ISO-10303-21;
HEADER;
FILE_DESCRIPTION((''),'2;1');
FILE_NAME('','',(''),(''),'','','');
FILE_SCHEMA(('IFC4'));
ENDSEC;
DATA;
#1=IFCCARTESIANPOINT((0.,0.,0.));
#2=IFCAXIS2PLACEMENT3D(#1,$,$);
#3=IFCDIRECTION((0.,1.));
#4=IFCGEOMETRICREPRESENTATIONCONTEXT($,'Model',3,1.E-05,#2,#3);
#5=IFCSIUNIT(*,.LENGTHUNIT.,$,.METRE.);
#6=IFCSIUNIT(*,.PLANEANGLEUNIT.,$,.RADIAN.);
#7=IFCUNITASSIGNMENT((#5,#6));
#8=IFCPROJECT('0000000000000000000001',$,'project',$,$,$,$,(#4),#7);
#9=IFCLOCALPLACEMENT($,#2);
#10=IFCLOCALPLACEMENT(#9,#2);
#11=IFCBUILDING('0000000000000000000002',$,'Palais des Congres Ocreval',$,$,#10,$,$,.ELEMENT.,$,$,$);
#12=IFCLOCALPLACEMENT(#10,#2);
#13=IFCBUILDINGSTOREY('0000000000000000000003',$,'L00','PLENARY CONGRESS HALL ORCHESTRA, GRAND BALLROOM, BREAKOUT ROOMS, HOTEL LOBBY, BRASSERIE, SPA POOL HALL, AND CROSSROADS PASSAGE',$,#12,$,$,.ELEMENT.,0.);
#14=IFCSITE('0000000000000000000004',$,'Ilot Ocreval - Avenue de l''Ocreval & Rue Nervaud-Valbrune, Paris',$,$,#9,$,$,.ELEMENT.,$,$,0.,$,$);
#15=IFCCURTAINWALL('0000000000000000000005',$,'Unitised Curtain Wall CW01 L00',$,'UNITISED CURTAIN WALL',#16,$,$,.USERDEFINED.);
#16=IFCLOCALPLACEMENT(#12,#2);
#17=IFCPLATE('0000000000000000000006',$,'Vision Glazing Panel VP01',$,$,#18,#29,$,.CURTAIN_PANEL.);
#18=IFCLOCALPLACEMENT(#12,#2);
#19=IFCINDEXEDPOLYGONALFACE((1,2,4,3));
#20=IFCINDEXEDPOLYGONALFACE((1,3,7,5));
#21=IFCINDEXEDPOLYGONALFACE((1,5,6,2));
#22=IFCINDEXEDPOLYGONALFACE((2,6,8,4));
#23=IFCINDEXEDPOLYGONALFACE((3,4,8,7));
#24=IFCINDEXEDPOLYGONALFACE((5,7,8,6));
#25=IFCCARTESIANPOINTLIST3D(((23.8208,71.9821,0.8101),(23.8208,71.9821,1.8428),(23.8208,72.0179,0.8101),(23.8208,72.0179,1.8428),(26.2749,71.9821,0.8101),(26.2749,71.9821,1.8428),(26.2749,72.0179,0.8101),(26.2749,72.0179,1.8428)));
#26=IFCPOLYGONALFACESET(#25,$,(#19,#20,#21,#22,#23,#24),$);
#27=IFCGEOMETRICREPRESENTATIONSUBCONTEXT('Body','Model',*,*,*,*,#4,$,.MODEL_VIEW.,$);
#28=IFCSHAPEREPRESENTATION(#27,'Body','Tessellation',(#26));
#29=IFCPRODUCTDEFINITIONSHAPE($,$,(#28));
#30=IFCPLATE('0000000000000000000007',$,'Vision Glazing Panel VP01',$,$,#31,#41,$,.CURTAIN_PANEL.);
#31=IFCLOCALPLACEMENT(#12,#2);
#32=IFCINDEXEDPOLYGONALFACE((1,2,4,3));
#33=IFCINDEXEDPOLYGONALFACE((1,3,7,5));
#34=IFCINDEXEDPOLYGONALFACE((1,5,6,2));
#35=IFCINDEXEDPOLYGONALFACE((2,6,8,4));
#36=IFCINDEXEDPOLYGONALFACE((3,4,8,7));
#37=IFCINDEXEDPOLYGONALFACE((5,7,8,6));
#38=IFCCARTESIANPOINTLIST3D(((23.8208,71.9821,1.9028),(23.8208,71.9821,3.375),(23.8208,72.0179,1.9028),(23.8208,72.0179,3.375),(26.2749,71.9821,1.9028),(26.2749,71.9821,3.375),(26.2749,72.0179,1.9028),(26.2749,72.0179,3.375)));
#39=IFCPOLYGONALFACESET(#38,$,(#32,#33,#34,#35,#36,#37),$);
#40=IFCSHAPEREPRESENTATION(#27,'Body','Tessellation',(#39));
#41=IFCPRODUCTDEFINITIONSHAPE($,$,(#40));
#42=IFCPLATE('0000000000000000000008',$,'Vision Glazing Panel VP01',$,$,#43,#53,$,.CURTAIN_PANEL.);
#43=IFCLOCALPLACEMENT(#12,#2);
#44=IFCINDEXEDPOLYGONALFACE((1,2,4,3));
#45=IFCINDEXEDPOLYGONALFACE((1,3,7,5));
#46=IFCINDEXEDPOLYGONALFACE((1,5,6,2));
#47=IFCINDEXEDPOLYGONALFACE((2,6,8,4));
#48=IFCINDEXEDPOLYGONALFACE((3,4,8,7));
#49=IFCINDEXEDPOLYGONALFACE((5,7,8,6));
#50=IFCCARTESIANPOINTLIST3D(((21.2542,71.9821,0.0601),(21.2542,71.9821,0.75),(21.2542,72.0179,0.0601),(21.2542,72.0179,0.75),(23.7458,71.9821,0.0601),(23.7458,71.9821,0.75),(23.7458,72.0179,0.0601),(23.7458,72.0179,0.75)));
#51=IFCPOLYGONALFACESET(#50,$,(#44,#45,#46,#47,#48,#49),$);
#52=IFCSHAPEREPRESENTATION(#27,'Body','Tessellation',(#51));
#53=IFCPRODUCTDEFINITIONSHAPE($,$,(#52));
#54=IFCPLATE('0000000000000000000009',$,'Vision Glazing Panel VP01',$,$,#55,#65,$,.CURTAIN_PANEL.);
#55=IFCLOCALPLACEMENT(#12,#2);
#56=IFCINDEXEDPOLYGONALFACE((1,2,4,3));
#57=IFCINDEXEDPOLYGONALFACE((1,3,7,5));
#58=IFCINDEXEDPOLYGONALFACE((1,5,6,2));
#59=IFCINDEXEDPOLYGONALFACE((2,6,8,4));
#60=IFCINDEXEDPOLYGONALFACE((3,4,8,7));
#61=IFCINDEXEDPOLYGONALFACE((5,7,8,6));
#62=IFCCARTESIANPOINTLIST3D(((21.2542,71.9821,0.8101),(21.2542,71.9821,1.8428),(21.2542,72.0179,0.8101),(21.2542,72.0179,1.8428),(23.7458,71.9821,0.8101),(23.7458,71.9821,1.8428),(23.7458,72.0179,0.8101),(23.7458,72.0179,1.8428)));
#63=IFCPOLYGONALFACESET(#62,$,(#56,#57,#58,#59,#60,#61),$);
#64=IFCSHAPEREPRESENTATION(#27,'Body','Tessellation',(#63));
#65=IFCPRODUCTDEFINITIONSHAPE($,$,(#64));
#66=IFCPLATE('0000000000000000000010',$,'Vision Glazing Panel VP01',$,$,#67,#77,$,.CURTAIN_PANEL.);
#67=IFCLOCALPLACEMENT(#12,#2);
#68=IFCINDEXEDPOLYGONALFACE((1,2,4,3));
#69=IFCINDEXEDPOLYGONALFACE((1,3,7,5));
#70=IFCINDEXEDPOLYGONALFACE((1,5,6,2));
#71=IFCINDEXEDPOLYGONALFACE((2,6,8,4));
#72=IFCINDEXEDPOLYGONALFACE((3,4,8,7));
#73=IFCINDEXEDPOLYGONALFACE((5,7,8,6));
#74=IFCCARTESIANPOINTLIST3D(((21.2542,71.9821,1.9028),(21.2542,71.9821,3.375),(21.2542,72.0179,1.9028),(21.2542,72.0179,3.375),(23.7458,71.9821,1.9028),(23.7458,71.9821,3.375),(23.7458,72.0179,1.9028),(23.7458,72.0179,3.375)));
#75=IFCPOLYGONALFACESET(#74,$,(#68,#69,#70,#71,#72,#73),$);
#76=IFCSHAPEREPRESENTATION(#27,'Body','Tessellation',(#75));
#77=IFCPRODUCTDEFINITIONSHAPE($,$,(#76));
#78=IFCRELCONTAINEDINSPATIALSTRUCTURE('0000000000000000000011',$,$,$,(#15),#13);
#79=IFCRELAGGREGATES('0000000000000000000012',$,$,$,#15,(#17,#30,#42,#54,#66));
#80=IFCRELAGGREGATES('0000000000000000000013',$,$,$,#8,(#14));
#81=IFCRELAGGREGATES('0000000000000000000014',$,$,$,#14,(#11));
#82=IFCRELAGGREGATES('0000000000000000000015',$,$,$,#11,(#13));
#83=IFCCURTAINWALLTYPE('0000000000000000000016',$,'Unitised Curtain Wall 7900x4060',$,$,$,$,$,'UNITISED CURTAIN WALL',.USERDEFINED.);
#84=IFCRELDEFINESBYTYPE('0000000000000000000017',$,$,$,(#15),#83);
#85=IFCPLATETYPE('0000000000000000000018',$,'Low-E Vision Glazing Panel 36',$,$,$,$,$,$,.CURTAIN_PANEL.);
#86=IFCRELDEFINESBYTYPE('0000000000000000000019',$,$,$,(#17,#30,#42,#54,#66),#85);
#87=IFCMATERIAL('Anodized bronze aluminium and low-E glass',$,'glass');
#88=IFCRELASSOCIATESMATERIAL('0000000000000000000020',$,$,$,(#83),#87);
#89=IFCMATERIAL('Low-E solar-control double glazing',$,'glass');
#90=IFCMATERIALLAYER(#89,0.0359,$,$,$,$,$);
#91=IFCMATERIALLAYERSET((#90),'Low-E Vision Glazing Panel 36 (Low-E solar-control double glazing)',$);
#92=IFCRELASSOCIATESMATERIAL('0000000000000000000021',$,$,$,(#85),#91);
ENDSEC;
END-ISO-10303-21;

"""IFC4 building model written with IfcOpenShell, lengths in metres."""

from ifc_helpers import new_model, si_unit, direction, frame, origin, origin_2d, place, context, subcontext, project, spatial, rectangle, extrude, material, layer, layer_set, type_object, element, aggregate, save


model = new_model("IFC4")

# Units and contexts
model_context = context("Model", 3, precision=1e-05, world=origin(), true_north=direction((0.0, 1.0)))
body_context = subcontext(model_context, "Body", "Model", "MODEL_VIEW")
ifc_project = project(units=[si_unit("LENGTHUNIT", "METRE"), si_unit("PLANEANGLEUNIT", "RADIAN")], contexts=[model_context])

# Site, building, storey
site_placement = place(None, origin())
site = spatial("IfcSite", under=ifc_project, at=site_placement, Name="Ilot Ocreval - Avenue de l'Ocreval & Rue Nervaud-Valbrune, Paris", CompositionType="ELEMENT", RefElevation=0.0)
building_placement = place(site_placement, origin())
building = spatial("IfcBuilding", under=site, at=building_placement, Name="Palais des Congres Ocreval", CompositionType="ELEMENT")
storey_placement = place(building_placement, origin())
storey = spatial("IfcBuildingStorey", under=building, at=storey_placement, Name="L00", Description="PLENARY CONGRESS HALL ORCHESTRA, GRAND BALLROOM, BREAKOUT ROOMS, HOTEL LOBBY, BRASSERIE, SPA POOL HALL, AND CROSSROADS PASSAGE", CompositionType="ELEMENT", Elevation=0.0)

# Curtain wall
ifc_material_1 = material(Name="Anodized bronze aluminium and low-E glass", Category="glass")
curtain_wall_type = type_object("IfcCurtainWallType", Name="Unitised Curtain Wall 7900x4060", ElementType="UNITISED CURTAIN WALL", PredefinedType="USERDEFINED", material=ifc_material_1)
curtain_wall_placement = place(storey_placement, origin())
curtain_wall = element("IfcCurtainWall", 1, at=curtain_wall_placement, inside=storey, type_object=curtain_wall_type, Name="Unitised Curtain Wall CW01 L00", ObjectType="UNITISED CURTAIN WALL", PredefinedType="USERDEFINED")

# Plates
ifc_material_2 = material(Name="Low-E solar-control double glazing", Category="glass")
ifc_layer_1 = layer(ifc_material_2, 0.0359)
ifc_layer_set_1 = layer_set([ifc_layer_1], Name="Low-E Vision Glazing Panel 36 (Low-E solar-control double glazing)")
plate_type_1 = type_object("IfcPlateType", Name="Low-E Vision Glazing Panel 36", PredefinedType="CURTAIN_PANEL", material=ifc_layer_set_1)
plate_1_placement = place(storey_placement, frame((25.0479, 72.0, 0.8101), z_axis=(0.0, 0.0, 1.0), x_axis=(-1.0, 0.0, 0.0)))
plate_1 = element("IfcPlate", 2, at=plate_1_placement, type_object=plate_type_1, Name="Vision Glazing Panel VP01", PredefinedType="CURTAIN_PANEL", context=body_context, shape_type="SweptSolid", body=[
    extrude(rectangle(XDim=2.4541, YDim=0.0359, at=origin_2d()), origin(), (0.0, 0.0, 1.0), 1.0327),
])
plate_2_placement = place(storey_placement, frame((25.0479, 72.0, 1.9028), z_axis=(0.0, 0.0, 1.0), x_axis=(-1.0, 0.0, 0.0)))
plate_2 = element("IfcPlate", 3, at=plate_2_placement, type_object=plate_type_1, Name="Vision Glazing Panel VP01", PredefinedType="CURTAIN_PANEL", context=body_context, shape_type="SweptSolid", body=[
    extrude(rectangle(XDim=2.4541, YDim=0.0359, at=origin_2d()), origin(), (0.0, 0.0, 1.0), 1.4722),
])
plate_3_placement = place(storey_placement, frame((22.5, 72.0, 0.0601), z_axis=(0.0, 0.0, 1.0), x_axis=(-1.0, 0.0, 0.0)))
plate_3 = element("IfcPlate", 4, at=plate_3_placement, type_object=plate_type_1, Name="Vision Glazing Panel VP01", PredefinedType="CURTAIN_PANEL", context=body_context, shape_type="SweptSolid", body=[
    extrude(rectangle(XDim=2.4917, YDim=0.0359, at=origin_2d()), origin(), (0.0, 0.0, 1.0), 0.6899),
])
plate_4_placement = place(storey_placement, frame((22.5, 72.0, 0.8101), z_axis=(0.0, 0.0, 1.0), x_axis=(-1.0, 0.0, 0.0)))
plate_4 = element("IfcPlate", 5, at=plate_4_placement, type_object=plate_type_1, Name="Vision Glazing Panel VP01", PredefinedType="CURTAIN_PANEL", context=body_context, shape_type="SweptSolid", body=[
    extrude(rectangle(XDim=2.4917, YDim=0.0359, at=origin_2d()), origin(), (0.0, 0.0, 1.0), 1.0327),
])
plate_5_placement = place(storey_placement, frame((22.5, 72.0, 1.9028), z_axis=(0.0, 0.0, 1.0), x_axis=(-1.0, 0.0, 0.0)))
plate_5 = element("IfcPlate", 6, at=plate_5_placement, type_object=plate_type_1, Name="Vision Glazing Panel VP01", PredefinedType="CURTAIN_PANEL", context=body_context, shape_type="SweptSolid", body=[
    extrude(rectangle(XDim=2.4917, YDim=0.0359, at=origin_2d()), origin(), (0.0, 0.0, 1.0), 1.4722),
])
aggregate(curtain_wall, [plate_1, plate_2, plate_3, plate_4, plate_5])

save(model, "model.ifc")
